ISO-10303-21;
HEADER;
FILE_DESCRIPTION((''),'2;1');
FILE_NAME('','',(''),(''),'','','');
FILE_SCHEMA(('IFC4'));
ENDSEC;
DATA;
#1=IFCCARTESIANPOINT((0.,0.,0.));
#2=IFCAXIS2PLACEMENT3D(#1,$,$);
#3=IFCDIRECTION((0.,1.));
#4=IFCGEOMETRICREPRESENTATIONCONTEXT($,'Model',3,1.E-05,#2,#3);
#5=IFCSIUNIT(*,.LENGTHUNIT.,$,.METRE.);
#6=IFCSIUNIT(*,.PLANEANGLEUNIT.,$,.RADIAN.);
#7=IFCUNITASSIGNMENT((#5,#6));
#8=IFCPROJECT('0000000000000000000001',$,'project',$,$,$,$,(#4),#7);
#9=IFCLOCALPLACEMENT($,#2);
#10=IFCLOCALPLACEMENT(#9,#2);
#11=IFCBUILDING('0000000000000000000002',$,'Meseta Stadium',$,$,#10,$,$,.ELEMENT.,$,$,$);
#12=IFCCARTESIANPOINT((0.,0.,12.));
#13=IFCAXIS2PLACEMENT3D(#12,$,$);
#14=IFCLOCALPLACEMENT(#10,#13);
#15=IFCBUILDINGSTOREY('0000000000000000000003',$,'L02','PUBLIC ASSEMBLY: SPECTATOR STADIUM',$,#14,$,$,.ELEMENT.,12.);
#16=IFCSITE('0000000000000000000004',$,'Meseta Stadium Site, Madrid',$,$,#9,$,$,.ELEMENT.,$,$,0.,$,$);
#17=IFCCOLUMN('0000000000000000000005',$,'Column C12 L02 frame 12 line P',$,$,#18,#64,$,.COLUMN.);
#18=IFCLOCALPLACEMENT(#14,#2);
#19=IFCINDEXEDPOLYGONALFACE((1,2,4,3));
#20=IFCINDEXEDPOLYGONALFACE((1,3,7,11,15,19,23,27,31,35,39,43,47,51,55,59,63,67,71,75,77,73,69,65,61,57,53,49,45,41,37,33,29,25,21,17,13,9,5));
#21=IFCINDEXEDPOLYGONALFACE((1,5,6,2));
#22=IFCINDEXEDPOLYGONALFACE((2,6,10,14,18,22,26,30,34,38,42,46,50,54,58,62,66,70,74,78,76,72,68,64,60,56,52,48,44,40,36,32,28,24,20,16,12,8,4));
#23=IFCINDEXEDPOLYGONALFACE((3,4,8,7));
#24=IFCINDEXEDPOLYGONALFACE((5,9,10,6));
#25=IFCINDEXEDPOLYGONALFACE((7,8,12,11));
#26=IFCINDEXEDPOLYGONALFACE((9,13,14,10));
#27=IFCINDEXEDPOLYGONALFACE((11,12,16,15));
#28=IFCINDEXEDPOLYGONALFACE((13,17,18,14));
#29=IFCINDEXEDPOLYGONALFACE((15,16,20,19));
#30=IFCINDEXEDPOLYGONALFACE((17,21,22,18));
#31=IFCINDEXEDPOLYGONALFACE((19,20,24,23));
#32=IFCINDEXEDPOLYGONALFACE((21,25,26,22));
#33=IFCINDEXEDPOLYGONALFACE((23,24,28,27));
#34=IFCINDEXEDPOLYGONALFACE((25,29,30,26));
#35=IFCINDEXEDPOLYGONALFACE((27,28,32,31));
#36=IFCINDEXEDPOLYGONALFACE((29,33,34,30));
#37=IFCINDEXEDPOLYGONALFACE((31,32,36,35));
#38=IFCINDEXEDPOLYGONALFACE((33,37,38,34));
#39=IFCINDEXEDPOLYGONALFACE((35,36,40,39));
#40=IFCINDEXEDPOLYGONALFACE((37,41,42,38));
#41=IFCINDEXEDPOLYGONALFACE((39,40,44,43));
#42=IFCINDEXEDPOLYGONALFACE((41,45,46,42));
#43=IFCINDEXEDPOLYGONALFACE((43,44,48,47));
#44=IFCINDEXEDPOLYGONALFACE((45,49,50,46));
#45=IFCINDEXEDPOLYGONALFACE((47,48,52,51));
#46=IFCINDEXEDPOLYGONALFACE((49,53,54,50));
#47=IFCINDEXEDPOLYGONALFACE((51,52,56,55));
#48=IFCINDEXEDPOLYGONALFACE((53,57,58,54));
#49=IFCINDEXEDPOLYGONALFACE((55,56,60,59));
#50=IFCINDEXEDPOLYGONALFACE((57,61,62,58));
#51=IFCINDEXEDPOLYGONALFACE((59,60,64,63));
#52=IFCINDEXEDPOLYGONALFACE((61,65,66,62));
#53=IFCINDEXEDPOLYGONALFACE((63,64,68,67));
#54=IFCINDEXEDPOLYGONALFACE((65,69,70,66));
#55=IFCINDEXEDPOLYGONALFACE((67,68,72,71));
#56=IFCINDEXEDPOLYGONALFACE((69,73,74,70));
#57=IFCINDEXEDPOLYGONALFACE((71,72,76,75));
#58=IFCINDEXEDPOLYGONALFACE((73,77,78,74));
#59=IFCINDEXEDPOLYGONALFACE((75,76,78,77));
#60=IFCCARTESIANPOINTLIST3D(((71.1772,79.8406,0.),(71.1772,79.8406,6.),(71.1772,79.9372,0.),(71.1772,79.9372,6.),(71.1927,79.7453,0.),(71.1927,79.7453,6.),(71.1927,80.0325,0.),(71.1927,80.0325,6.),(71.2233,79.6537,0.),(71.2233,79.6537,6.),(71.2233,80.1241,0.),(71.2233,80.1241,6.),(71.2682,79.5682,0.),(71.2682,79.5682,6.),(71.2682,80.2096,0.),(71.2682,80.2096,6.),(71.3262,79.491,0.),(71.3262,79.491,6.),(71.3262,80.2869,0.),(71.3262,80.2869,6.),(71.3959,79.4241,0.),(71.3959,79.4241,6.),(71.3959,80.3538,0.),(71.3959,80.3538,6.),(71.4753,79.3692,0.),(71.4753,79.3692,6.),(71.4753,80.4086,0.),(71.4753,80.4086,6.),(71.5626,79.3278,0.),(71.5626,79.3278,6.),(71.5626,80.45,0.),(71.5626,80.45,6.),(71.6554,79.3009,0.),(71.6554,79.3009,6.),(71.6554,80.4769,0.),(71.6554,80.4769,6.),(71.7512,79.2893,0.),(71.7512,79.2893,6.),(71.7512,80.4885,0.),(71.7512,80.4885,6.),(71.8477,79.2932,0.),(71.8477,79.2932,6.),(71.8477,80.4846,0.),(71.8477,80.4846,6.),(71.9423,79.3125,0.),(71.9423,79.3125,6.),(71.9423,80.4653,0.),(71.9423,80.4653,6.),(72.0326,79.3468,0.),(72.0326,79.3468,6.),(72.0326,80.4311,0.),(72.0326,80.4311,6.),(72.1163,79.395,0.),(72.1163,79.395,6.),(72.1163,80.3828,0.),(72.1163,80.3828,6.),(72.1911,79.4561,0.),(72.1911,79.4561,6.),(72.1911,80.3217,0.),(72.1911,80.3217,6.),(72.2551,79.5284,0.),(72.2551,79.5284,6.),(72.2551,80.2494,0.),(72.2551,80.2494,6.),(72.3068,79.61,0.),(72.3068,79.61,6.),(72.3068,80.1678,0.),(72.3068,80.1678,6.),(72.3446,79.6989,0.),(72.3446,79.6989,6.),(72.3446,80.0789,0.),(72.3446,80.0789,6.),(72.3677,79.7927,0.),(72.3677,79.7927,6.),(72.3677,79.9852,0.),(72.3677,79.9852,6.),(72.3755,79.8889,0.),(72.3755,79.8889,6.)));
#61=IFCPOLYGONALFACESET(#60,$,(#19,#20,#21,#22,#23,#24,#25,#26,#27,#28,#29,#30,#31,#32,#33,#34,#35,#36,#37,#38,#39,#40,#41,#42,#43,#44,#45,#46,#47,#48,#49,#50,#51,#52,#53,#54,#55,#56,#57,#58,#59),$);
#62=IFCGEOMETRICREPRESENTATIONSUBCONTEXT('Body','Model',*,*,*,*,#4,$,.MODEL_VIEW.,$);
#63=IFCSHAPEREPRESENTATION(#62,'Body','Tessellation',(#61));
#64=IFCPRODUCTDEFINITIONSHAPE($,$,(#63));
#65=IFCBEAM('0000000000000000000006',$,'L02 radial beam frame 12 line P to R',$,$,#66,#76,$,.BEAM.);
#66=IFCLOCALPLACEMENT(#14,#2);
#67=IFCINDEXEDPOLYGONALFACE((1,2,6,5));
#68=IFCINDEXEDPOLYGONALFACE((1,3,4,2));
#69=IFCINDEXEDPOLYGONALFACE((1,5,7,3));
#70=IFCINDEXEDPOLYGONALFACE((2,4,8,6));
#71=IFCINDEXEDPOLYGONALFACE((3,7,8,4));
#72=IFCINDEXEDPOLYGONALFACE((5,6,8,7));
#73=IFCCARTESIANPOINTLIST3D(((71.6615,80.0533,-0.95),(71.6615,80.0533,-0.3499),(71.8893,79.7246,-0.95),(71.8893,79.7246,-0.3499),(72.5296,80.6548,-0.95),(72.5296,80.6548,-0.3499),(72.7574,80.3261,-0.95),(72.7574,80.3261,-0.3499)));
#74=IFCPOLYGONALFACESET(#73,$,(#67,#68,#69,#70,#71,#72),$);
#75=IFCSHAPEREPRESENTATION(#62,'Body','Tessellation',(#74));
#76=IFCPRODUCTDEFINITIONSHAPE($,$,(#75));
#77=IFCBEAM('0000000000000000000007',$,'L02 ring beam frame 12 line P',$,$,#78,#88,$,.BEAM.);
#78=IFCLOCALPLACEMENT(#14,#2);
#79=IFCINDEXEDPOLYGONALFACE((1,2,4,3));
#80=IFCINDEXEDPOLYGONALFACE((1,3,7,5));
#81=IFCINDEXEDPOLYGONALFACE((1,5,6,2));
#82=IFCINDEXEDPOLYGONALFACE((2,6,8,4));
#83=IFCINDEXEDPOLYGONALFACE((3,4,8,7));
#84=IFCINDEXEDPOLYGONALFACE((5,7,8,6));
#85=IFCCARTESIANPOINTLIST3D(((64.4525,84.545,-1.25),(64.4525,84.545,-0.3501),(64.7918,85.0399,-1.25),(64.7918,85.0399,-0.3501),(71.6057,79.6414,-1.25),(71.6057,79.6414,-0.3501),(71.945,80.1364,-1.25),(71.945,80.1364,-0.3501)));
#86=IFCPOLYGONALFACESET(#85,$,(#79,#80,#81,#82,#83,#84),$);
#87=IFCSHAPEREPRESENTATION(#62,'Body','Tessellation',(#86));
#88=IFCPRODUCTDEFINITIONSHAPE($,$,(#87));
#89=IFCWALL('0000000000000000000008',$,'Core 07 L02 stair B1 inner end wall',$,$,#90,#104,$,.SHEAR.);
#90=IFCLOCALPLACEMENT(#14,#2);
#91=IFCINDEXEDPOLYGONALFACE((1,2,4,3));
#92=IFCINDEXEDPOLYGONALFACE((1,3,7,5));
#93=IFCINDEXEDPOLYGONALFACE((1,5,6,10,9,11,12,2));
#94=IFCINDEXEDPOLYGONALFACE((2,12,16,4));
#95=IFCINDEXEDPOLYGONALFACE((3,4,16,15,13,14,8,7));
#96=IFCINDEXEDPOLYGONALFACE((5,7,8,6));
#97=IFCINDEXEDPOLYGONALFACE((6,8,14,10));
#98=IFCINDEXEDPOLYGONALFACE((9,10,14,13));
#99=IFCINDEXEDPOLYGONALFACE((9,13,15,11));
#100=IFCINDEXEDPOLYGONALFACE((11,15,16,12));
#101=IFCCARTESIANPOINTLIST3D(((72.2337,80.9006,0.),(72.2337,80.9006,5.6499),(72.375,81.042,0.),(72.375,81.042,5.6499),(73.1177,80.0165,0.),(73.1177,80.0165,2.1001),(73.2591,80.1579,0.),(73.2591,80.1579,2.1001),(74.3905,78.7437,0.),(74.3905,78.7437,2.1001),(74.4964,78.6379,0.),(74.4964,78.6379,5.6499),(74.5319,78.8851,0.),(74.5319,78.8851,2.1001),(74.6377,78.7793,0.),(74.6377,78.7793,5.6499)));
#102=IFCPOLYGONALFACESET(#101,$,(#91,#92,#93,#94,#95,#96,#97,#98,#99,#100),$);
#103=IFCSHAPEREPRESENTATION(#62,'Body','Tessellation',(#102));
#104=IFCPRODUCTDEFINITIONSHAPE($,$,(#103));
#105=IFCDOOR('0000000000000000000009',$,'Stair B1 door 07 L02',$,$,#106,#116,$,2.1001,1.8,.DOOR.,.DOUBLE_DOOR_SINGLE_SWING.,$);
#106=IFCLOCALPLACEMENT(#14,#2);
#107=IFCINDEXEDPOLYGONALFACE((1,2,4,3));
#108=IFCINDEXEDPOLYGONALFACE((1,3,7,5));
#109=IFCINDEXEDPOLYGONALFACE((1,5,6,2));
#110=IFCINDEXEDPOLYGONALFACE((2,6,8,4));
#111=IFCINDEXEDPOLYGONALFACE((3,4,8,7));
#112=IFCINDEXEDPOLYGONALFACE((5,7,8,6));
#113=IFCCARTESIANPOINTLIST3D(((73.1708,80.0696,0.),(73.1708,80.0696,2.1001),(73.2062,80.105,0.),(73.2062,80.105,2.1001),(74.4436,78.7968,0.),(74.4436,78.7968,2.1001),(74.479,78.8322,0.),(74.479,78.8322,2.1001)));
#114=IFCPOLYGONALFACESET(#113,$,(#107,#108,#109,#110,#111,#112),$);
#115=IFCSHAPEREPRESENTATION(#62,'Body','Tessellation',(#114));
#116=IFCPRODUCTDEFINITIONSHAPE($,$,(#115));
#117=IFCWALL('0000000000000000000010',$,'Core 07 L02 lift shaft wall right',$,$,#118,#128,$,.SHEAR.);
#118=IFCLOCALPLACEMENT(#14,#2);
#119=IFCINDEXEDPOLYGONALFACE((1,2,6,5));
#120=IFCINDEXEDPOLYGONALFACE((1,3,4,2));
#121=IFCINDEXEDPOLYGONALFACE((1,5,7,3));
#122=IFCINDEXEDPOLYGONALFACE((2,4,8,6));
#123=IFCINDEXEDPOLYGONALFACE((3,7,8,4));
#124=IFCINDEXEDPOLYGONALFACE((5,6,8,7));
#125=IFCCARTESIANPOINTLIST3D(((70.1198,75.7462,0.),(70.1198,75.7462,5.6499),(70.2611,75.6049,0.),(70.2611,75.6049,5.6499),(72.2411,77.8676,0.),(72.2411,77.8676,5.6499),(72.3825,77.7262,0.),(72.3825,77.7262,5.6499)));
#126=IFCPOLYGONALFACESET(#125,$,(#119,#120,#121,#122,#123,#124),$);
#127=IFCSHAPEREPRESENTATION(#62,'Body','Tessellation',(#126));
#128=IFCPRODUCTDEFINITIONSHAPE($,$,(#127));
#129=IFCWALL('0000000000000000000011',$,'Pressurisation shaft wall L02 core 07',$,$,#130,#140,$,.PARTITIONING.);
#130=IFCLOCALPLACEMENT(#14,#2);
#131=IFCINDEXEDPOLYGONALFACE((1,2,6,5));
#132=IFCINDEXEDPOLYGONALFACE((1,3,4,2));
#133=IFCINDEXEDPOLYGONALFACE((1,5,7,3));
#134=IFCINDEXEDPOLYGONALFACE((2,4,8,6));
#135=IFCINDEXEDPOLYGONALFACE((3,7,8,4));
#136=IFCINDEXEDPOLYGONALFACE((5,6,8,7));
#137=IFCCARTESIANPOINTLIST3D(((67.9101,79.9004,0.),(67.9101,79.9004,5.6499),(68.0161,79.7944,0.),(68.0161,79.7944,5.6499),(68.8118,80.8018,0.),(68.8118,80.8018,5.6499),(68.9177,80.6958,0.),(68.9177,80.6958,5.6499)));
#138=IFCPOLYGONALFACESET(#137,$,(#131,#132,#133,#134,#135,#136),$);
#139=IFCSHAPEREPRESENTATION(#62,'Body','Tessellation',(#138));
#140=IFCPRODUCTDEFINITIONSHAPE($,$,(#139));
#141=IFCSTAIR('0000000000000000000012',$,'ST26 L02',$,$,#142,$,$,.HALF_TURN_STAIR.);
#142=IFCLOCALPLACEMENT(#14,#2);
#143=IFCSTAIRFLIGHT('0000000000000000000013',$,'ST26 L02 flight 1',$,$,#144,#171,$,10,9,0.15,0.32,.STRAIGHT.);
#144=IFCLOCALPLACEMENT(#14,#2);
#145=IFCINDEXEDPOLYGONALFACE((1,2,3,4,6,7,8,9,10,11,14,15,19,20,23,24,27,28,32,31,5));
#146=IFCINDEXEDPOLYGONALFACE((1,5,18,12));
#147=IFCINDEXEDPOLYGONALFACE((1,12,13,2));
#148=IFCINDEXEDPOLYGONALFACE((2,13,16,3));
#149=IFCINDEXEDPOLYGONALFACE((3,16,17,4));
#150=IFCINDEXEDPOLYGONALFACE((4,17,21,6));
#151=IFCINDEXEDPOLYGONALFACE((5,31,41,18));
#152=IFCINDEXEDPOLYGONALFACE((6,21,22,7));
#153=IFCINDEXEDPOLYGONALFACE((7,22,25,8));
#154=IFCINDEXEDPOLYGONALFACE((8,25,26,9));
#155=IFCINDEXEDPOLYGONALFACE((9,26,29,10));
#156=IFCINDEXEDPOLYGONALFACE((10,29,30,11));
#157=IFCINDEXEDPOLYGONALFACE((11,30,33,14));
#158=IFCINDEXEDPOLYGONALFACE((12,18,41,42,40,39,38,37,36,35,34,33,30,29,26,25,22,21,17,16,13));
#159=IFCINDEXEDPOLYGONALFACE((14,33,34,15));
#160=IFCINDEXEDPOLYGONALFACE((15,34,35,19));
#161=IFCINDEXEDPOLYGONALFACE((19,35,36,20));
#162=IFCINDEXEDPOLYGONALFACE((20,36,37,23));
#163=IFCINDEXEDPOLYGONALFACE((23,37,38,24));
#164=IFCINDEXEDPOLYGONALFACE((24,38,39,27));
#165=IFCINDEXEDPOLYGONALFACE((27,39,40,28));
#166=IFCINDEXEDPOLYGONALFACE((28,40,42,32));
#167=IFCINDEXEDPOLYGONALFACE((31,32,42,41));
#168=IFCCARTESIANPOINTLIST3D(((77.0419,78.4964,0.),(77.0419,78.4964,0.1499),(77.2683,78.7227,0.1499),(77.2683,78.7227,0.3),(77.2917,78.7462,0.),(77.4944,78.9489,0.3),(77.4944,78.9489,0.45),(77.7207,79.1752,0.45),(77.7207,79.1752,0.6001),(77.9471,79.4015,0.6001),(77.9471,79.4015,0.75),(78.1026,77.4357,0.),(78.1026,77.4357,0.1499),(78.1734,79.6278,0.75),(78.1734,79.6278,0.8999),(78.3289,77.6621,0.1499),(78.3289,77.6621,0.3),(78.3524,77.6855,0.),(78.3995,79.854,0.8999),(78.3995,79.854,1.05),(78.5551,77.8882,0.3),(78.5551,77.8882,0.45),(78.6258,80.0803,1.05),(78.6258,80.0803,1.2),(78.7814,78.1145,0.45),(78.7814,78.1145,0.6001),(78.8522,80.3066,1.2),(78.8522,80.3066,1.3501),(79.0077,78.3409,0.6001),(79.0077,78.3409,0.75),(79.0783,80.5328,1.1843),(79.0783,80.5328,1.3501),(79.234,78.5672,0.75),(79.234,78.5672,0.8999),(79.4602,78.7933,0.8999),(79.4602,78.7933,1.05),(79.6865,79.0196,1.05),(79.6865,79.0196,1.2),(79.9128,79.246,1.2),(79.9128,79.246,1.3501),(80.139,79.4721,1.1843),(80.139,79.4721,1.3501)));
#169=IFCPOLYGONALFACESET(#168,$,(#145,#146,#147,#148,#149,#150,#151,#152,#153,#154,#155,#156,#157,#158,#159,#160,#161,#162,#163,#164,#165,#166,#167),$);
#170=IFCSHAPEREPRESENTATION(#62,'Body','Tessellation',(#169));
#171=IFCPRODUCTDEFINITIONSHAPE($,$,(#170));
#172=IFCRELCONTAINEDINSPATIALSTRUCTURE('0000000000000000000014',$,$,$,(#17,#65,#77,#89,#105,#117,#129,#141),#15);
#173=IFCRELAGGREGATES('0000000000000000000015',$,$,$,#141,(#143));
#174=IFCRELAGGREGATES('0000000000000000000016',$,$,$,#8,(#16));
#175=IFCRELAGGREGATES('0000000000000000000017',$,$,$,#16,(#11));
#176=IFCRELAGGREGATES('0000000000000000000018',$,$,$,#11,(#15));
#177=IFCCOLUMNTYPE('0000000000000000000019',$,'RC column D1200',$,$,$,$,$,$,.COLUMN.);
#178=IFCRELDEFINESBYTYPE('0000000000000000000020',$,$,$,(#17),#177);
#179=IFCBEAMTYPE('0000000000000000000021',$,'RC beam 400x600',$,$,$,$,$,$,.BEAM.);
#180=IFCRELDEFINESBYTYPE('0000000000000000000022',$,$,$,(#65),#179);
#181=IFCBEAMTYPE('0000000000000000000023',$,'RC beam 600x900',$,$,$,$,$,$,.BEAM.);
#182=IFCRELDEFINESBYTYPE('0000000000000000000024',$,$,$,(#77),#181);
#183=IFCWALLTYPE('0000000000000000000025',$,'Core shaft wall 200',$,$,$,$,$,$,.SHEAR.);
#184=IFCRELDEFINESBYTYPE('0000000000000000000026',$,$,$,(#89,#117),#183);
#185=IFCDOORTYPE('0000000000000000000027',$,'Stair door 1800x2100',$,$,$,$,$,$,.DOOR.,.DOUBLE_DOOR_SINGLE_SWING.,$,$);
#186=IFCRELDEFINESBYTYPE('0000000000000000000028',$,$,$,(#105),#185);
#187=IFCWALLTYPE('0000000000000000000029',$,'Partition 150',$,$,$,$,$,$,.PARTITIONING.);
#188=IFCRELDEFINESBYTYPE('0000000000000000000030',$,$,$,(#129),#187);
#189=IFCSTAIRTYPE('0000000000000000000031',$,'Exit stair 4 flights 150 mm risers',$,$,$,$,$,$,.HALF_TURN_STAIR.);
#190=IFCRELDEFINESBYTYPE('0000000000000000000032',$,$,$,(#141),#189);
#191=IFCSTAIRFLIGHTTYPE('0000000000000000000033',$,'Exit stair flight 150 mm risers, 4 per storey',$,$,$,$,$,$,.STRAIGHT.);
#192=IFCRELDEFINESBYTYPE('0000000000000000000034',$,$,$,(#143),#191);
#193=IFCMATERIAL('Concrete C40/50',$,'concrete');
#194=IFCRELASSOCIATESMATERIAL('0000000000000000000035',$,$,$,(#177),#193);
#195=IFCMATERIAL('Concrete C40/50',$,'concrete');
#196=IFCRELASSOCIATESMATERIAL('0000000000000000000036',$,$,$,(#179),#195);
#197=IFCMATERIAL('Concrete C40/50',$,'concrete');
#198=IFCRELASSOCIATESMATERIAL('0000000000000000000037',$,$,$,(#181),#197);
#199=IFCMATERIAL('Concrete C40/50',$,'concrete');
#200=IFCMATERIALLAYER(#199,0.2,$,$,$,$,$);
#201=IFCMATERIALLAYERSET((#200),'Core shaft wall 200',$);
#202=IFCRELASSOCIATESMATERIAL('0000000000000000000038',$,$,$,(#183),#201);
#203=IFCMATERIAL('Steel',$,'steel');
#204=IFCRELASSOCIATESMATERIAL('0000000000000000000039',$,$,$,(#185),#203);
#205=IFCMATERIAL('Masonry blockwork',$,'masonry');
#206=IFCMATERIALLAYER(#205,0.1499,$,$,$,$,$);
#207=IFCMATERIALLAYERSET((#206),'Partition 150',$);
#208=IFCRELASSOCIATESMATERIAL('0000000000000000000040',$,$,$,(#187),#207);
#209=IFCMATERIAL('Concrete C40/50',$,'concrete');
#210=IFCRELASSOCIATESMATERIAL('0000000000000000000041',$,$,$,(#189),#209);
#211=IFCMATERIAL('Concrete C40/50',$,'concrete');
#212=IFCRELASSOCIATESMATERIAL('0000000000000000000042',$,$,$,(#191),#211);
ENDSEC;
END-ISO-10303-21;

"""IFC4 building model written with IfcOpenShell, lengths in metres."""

from ifc_helpers import new_model, si_unit, direction, frame, frame_2d, origin, origin_2d, place, context, subcontext, project, spatial, polyline, rectangle, circle, outline, extrude, material, layer, layer_set, material_profile, profile_set, type_object, element, fill, aggregate, save


model = new_model("IFC4")

# Units and contexts
model_context = context("Model", 3, precision=1e-05, world=origin(), true_north=direction((0.0, 1.0)))
body_context = subcontext(model_context, "Body", "Model", "MODEL_VIEW")
ifc_project = project(units=[si_unit("LENGTHUNIT", "METRE"), si_unit("PLANEANGLEUNIT", "RADIAN")], contexts=[model_context])

# Site, building, storey
site_placement = place(None, origin())
site = spatial("IfcSite", under=ifc_project, at=site_placement, Name="Meseta Stadium Site, Madrid", CompositionType="ELEMENT", RefElevation=0.0)
building_placement = place(site_placement, origin())
building = spatial("IfcBuilding", under=site, at=building_placement, Name="Meseta Stadium", CompositionType="ELEMENT")
storey_placement = place(building_placement, frame((0.0, 0.0, 12.0)))
storey = spatial("IfcBuildingStorey", under=building, at=storey_placement, Name="L02", Description="PUBLIC ASSEMBLY: SPECTATOR STADIUM", CompositionType="ELEMENT", Elevation=12.0)

# Column
ifc_material_1 = material(Name="Concrete C40/50", Category="concrete")
ifc_material_profile_1 = material_profile(ifc_material_1, circle(Radius=0.6001, at=origin_2d()), Name="RC D1200")
ifc_profile_set_1 = profile_set([ifc_material_profile_1], Name="Concrete C40/50")
column_type = type_object("IfcColumnType", Name="RC column D1200", PredefinedType="COLUMN", material=ifc_profile_set_1)
column_placement = place(storey_placement, frame((71.7754, 79.8889, 0.0), z_axis=(0.0, 0.0, 1.0), x_axis=(1.0, 0.0, 0.0)))
element("IfcColumn", 1, at=column_placement, inside=storey, type_object=column_type, Name="Column C12 L02 frame 12 line P", PredefinedType="COLUMN", context=body_context, shape_type="SweptSolid", body=[
    extrude(circle(Radius=0.6001, at=origin_2d()), origin(), (0.0, 0.0, 1.0), 6.0),
])

# Beams
ifc_material_2 = material(Name="Concrete C40/50", Category="concrete")
ifc_material_profile_2 = material_profile(ifc_material_2, rectangle(XDim=0.3999, YDim=0.6001, at=origin_2d()), Name="RC 400x600")
ifc_profile_set_2 = profile_set([ifc_material_profile_2], Name="Concrete C40/50")
beam_type_1 = type_object("IfcBeamType", Name="RC beam 400x600", PredefinedType="BEAM", material=ifc_profile_set_2)
beam_1_placement = place(storey_placement, frame((71.7754, 79.8889, -0.6499), z_axis=(0.821959, 0.569546, 0.0), x_axis=(-0.569546, 0.821959, 0.0)))
element("IfcBeam", 2, at=beam_1_placement, inside=storey, type_object=beam_type_1, Name="L02 radial beam frame 12 line P to R", PredefinedType="BEAM", context=body_context, shape_type="SweptSolid", body=[
    extrude(rectangle(XDim=0.3999, YDim=0.6001, at=origin_2d()), origin(), (0.0, 0.0, 1.0), 1.0562),
])
ifc_material_3 = material(Name="Concrete C40/50", Category="concrete")
ifc_material_profile_3 = material_profile(ifc_material_3, rectangle(XDim=0.6001, YDim=0.8999, at=origin_2d()), Name="RC 600x900")
ifc_profile_set_3 = profile_set([ifc_material_profile_3], Name="Concrete C40/50")
beam_type_2 = type_object("IfcBeamType", Name="RC beam 600x900", PredefinedType="BEAM", material=ifc_profile_set_3)
beam_2_placement = place(storey_placement, frame((71.7754, 79.8889, -0.8), z_axis=(-0.824813, 0.565405, 0.0), x_axis=(-0.565405, -0.824813, 0.0)))
element("IfcBeam", 3, at=beam_2_placement, inside=storey, type_object=beam_type_2, Name="L02 ring beam frame 12 line P", PredefinedType="BEAM", context=body_context, shape_type="SweptSolid", body=[
    extrude(rectangle(XDim=0.6001, YDim=0.8999, at=origin_2d()), origin(), (0.0, 0.0, 1.0), 8.6726),
])

# Wall, opening, door
ifc_material_4 = material(Name="Concrete C40/50", Category="concrete")
ifc_layer_1 = layer(ifc_material_4, 0.2)
ifc_layer_set_1 = layer_set([ifc_layer_1], Name="Core shaft wall 200")
wall_type_1 = type_object("IfcWallType", Name="Core shaft wall 200", PredefinedType="SHEAR", material=ifc_layer_set_1)
wall_1_placement = place(storey_placement, frame((74.5671, 78.7085, 0.0), z_axis=(0.0, 0.0, 1.0), x_axis=(-0.707107, 0.707107, 0.0)))
wall_1 = element("IfcWall", 4, at=wall_1_placement, inside=storey, type_object=wall_type_1, Name="Core 07 L02 stair B1 inner end wall", PredefinedType="SHEAR", context=body_context, shape_type="SweptSolid", body=[
    extrude(rectangle(XDim=3.2, YDim=0.2, at=frame_2d((1.6001, 0.0))), origin(), (0.0, 0.0, 1.0), 5.6499),
])
opening_placement = place(wall_1_placement, frame((0.1499, 0.0, 0.0)))
opening = element("IfcOpeningElement", 5, at=opening_placement, cuts=wall_1, PredefinedType="OPENING", context=body_context, shape_type="SweptSolid", body=[
    extrude(rectangle(XDim=1.8, YDim=2.1001, at=frame_2d((0.8999, 1.05))), frame((0.0, 0.1099, 0.0), z_axis=(0.0, -1.0, 0.0), x_axis=(1.0, 0.0, 0.0)), (0.0, 0.0, 1.0), 0.22),
])
ifc_material_5 = material(Name="Steel", Category="steel")
door_type = type_object("IfcDoorType", Name="Stair door 1800x2100", OperationType="DOUBLE_DOOR_SINGLE_SWING", PredefinedType="DOOR", material=ifc_material_5)
door_placement = place(opening_placement, origin())
door = element("IfcDoor", 6, at=door_placement, inside=storey, type_object=door_type, Name="Stair B1 door 07 L02", OperationType="DOUBLE_DOOR_SINGLE_SWING", OverallHeight=2.1001, OverallWidth=1.8, PredefinedType="DOOR", context=body_context, shape_type="SweptSolid", body=[
    extrude(rectangle(XDim=1.8, YDim=2.1001, at=frame_2d((0.8999, 1.05))), frame((0.0, 0.0249, 0.0), z_axis=(0.0, -1.0, 0.0), x_axis=(1.0, 0.0, 0.0)), (0.0, 0.0, 1.0), 0.05),
])
fill(opening, door)

# Walls
wall_2_placement = place(storey_placement, frame((72.3118, 77.7969, 0.0), z_axis=(0.0, 0.0, 1.0), x_axis=(-0.707107, -0.707107, 0.0)))
element("IfcWall", 7, at=wall_2_placement, inside=storey, type_object=wall_type_1, Name="Core 07 L02 lift shaft wall right", PredefinedType="SHEAR", context=body_context, shape_type="SweptSolid", body=[
    extrude(rectangle(XDim=3.0, YDim=0.2, at=frame_2d((1.5, 0.0))), origin(), (0.0, 0.0, 1.0), 5.6499),
])
ifc_material_6 = material(Name="Masonry blockwork", Category="masonry")
ifc_layer_2 = layer(ifc_material_6, 0.1499)
ifc_layer_set_2 = layer_set([ifc_layer_2], Name="Partition 150")
wall_type_2 = type_object("IfcWallType", Name="Partition 150", PredefinedType="PARTITIONING", material=ifc_layer_set_2)
wall_3_placement = place(storey_placement, frame((67.9631, 79.8474, 0.0), z_axis=(0.0, 0.0, 1.0), x_axis=(0.707203, 0.707011, 0.0)))
element("IfcWall", 8, at=wall_3_placement, inside=storey, type_object=wall_type_2, Name="Pressurisation shaft wall L02 core 07", PredefinedType="PARTITIONING", context=body_context, shape_type="SweptSolid", body=[
    extrude(rectangle(XDim=1.2749, YDim=0.1499, at=frame_2d((0.6375, 0.0))), origin(), (0.0, 0.0, 1.0), 5.6499),
])

# Stair, stair flight
ifc_material_7 = material(Name="Concrete C40/50", Category="concrete")
stair_type = type_object("IfcStairType", Name="Exit stair 4 flights 150 mm risers", PredefinedType="HALF_TURN_STAIR", material=ifc_material_7)
stair_1_placement = place(storey_placement, origin())
stair_1 = element("IfcStair", 9, at=stair_1_placement, inside=storey, type_object=stair_type, Name="ST26 L02", PredefinedType="HALF_TURN_STAIR")
ifc_material_8 = material(Name="Concrete C40/50", Category="concrete")
stair_flight_type = type_object("IfcStairFlightType", Name="Exit stair flight 150 mm risers, 4 per storey", PredefinedType="STRAIGHT", material=ifc_material_8)
stair_flight_1_placement = place(storey_placement, frame((77.5723, 77.9661, 0.0), z_axis=(0.0, 0.0, 1.0), x_axis=(0.707107, 0.707107, 0.0)))
stair_flight_1 = element("IfcStairFlight", 10, at=stair_flight_1_placement, type_object=stair_flight_type, Name="ST26 L02 flight 1", NumberOfRisers=10, NumberOfTreads=9, PredefinedType="STRAIGHT", RiserHeight=0.15, TreadLength=0.32, context=body_context, shape_type="SweptSolid", body=[
    extrude(outline(polyline([(0.0, 0.0), (0.0, 0.1499), (0.3201, 0.1499), (0.3201, 0.3), (0.6399, 0.3), (0.6399, 0.45), (0.96, 0.45), (0.96, 0.6001), (1.28, 0.6001), (1.28, 0.75), (1.6001, 0.75), (1.6001, 0.8999), (1.9199, 0.8999), (1.9199, 1.05), (2.24, 1.05), (2.24, 1.2), (2.5601, 1.2), (2.5601, 1.3501), (2.8799, 1.3501), (2.8799, 1.1843), (0.3533, 0.0), (0.0, 0.0)])), frame((0.0, 0.75, 0.0), z_axis=(0.0, -1.0, 0.0), x_axis=(1.0, 0.0, 0.0)), (0.0, 0.0, 1.0), 1.5),
])
aggregate(stair_1, [stair_flight_1])

save(model, "model.ifc")
